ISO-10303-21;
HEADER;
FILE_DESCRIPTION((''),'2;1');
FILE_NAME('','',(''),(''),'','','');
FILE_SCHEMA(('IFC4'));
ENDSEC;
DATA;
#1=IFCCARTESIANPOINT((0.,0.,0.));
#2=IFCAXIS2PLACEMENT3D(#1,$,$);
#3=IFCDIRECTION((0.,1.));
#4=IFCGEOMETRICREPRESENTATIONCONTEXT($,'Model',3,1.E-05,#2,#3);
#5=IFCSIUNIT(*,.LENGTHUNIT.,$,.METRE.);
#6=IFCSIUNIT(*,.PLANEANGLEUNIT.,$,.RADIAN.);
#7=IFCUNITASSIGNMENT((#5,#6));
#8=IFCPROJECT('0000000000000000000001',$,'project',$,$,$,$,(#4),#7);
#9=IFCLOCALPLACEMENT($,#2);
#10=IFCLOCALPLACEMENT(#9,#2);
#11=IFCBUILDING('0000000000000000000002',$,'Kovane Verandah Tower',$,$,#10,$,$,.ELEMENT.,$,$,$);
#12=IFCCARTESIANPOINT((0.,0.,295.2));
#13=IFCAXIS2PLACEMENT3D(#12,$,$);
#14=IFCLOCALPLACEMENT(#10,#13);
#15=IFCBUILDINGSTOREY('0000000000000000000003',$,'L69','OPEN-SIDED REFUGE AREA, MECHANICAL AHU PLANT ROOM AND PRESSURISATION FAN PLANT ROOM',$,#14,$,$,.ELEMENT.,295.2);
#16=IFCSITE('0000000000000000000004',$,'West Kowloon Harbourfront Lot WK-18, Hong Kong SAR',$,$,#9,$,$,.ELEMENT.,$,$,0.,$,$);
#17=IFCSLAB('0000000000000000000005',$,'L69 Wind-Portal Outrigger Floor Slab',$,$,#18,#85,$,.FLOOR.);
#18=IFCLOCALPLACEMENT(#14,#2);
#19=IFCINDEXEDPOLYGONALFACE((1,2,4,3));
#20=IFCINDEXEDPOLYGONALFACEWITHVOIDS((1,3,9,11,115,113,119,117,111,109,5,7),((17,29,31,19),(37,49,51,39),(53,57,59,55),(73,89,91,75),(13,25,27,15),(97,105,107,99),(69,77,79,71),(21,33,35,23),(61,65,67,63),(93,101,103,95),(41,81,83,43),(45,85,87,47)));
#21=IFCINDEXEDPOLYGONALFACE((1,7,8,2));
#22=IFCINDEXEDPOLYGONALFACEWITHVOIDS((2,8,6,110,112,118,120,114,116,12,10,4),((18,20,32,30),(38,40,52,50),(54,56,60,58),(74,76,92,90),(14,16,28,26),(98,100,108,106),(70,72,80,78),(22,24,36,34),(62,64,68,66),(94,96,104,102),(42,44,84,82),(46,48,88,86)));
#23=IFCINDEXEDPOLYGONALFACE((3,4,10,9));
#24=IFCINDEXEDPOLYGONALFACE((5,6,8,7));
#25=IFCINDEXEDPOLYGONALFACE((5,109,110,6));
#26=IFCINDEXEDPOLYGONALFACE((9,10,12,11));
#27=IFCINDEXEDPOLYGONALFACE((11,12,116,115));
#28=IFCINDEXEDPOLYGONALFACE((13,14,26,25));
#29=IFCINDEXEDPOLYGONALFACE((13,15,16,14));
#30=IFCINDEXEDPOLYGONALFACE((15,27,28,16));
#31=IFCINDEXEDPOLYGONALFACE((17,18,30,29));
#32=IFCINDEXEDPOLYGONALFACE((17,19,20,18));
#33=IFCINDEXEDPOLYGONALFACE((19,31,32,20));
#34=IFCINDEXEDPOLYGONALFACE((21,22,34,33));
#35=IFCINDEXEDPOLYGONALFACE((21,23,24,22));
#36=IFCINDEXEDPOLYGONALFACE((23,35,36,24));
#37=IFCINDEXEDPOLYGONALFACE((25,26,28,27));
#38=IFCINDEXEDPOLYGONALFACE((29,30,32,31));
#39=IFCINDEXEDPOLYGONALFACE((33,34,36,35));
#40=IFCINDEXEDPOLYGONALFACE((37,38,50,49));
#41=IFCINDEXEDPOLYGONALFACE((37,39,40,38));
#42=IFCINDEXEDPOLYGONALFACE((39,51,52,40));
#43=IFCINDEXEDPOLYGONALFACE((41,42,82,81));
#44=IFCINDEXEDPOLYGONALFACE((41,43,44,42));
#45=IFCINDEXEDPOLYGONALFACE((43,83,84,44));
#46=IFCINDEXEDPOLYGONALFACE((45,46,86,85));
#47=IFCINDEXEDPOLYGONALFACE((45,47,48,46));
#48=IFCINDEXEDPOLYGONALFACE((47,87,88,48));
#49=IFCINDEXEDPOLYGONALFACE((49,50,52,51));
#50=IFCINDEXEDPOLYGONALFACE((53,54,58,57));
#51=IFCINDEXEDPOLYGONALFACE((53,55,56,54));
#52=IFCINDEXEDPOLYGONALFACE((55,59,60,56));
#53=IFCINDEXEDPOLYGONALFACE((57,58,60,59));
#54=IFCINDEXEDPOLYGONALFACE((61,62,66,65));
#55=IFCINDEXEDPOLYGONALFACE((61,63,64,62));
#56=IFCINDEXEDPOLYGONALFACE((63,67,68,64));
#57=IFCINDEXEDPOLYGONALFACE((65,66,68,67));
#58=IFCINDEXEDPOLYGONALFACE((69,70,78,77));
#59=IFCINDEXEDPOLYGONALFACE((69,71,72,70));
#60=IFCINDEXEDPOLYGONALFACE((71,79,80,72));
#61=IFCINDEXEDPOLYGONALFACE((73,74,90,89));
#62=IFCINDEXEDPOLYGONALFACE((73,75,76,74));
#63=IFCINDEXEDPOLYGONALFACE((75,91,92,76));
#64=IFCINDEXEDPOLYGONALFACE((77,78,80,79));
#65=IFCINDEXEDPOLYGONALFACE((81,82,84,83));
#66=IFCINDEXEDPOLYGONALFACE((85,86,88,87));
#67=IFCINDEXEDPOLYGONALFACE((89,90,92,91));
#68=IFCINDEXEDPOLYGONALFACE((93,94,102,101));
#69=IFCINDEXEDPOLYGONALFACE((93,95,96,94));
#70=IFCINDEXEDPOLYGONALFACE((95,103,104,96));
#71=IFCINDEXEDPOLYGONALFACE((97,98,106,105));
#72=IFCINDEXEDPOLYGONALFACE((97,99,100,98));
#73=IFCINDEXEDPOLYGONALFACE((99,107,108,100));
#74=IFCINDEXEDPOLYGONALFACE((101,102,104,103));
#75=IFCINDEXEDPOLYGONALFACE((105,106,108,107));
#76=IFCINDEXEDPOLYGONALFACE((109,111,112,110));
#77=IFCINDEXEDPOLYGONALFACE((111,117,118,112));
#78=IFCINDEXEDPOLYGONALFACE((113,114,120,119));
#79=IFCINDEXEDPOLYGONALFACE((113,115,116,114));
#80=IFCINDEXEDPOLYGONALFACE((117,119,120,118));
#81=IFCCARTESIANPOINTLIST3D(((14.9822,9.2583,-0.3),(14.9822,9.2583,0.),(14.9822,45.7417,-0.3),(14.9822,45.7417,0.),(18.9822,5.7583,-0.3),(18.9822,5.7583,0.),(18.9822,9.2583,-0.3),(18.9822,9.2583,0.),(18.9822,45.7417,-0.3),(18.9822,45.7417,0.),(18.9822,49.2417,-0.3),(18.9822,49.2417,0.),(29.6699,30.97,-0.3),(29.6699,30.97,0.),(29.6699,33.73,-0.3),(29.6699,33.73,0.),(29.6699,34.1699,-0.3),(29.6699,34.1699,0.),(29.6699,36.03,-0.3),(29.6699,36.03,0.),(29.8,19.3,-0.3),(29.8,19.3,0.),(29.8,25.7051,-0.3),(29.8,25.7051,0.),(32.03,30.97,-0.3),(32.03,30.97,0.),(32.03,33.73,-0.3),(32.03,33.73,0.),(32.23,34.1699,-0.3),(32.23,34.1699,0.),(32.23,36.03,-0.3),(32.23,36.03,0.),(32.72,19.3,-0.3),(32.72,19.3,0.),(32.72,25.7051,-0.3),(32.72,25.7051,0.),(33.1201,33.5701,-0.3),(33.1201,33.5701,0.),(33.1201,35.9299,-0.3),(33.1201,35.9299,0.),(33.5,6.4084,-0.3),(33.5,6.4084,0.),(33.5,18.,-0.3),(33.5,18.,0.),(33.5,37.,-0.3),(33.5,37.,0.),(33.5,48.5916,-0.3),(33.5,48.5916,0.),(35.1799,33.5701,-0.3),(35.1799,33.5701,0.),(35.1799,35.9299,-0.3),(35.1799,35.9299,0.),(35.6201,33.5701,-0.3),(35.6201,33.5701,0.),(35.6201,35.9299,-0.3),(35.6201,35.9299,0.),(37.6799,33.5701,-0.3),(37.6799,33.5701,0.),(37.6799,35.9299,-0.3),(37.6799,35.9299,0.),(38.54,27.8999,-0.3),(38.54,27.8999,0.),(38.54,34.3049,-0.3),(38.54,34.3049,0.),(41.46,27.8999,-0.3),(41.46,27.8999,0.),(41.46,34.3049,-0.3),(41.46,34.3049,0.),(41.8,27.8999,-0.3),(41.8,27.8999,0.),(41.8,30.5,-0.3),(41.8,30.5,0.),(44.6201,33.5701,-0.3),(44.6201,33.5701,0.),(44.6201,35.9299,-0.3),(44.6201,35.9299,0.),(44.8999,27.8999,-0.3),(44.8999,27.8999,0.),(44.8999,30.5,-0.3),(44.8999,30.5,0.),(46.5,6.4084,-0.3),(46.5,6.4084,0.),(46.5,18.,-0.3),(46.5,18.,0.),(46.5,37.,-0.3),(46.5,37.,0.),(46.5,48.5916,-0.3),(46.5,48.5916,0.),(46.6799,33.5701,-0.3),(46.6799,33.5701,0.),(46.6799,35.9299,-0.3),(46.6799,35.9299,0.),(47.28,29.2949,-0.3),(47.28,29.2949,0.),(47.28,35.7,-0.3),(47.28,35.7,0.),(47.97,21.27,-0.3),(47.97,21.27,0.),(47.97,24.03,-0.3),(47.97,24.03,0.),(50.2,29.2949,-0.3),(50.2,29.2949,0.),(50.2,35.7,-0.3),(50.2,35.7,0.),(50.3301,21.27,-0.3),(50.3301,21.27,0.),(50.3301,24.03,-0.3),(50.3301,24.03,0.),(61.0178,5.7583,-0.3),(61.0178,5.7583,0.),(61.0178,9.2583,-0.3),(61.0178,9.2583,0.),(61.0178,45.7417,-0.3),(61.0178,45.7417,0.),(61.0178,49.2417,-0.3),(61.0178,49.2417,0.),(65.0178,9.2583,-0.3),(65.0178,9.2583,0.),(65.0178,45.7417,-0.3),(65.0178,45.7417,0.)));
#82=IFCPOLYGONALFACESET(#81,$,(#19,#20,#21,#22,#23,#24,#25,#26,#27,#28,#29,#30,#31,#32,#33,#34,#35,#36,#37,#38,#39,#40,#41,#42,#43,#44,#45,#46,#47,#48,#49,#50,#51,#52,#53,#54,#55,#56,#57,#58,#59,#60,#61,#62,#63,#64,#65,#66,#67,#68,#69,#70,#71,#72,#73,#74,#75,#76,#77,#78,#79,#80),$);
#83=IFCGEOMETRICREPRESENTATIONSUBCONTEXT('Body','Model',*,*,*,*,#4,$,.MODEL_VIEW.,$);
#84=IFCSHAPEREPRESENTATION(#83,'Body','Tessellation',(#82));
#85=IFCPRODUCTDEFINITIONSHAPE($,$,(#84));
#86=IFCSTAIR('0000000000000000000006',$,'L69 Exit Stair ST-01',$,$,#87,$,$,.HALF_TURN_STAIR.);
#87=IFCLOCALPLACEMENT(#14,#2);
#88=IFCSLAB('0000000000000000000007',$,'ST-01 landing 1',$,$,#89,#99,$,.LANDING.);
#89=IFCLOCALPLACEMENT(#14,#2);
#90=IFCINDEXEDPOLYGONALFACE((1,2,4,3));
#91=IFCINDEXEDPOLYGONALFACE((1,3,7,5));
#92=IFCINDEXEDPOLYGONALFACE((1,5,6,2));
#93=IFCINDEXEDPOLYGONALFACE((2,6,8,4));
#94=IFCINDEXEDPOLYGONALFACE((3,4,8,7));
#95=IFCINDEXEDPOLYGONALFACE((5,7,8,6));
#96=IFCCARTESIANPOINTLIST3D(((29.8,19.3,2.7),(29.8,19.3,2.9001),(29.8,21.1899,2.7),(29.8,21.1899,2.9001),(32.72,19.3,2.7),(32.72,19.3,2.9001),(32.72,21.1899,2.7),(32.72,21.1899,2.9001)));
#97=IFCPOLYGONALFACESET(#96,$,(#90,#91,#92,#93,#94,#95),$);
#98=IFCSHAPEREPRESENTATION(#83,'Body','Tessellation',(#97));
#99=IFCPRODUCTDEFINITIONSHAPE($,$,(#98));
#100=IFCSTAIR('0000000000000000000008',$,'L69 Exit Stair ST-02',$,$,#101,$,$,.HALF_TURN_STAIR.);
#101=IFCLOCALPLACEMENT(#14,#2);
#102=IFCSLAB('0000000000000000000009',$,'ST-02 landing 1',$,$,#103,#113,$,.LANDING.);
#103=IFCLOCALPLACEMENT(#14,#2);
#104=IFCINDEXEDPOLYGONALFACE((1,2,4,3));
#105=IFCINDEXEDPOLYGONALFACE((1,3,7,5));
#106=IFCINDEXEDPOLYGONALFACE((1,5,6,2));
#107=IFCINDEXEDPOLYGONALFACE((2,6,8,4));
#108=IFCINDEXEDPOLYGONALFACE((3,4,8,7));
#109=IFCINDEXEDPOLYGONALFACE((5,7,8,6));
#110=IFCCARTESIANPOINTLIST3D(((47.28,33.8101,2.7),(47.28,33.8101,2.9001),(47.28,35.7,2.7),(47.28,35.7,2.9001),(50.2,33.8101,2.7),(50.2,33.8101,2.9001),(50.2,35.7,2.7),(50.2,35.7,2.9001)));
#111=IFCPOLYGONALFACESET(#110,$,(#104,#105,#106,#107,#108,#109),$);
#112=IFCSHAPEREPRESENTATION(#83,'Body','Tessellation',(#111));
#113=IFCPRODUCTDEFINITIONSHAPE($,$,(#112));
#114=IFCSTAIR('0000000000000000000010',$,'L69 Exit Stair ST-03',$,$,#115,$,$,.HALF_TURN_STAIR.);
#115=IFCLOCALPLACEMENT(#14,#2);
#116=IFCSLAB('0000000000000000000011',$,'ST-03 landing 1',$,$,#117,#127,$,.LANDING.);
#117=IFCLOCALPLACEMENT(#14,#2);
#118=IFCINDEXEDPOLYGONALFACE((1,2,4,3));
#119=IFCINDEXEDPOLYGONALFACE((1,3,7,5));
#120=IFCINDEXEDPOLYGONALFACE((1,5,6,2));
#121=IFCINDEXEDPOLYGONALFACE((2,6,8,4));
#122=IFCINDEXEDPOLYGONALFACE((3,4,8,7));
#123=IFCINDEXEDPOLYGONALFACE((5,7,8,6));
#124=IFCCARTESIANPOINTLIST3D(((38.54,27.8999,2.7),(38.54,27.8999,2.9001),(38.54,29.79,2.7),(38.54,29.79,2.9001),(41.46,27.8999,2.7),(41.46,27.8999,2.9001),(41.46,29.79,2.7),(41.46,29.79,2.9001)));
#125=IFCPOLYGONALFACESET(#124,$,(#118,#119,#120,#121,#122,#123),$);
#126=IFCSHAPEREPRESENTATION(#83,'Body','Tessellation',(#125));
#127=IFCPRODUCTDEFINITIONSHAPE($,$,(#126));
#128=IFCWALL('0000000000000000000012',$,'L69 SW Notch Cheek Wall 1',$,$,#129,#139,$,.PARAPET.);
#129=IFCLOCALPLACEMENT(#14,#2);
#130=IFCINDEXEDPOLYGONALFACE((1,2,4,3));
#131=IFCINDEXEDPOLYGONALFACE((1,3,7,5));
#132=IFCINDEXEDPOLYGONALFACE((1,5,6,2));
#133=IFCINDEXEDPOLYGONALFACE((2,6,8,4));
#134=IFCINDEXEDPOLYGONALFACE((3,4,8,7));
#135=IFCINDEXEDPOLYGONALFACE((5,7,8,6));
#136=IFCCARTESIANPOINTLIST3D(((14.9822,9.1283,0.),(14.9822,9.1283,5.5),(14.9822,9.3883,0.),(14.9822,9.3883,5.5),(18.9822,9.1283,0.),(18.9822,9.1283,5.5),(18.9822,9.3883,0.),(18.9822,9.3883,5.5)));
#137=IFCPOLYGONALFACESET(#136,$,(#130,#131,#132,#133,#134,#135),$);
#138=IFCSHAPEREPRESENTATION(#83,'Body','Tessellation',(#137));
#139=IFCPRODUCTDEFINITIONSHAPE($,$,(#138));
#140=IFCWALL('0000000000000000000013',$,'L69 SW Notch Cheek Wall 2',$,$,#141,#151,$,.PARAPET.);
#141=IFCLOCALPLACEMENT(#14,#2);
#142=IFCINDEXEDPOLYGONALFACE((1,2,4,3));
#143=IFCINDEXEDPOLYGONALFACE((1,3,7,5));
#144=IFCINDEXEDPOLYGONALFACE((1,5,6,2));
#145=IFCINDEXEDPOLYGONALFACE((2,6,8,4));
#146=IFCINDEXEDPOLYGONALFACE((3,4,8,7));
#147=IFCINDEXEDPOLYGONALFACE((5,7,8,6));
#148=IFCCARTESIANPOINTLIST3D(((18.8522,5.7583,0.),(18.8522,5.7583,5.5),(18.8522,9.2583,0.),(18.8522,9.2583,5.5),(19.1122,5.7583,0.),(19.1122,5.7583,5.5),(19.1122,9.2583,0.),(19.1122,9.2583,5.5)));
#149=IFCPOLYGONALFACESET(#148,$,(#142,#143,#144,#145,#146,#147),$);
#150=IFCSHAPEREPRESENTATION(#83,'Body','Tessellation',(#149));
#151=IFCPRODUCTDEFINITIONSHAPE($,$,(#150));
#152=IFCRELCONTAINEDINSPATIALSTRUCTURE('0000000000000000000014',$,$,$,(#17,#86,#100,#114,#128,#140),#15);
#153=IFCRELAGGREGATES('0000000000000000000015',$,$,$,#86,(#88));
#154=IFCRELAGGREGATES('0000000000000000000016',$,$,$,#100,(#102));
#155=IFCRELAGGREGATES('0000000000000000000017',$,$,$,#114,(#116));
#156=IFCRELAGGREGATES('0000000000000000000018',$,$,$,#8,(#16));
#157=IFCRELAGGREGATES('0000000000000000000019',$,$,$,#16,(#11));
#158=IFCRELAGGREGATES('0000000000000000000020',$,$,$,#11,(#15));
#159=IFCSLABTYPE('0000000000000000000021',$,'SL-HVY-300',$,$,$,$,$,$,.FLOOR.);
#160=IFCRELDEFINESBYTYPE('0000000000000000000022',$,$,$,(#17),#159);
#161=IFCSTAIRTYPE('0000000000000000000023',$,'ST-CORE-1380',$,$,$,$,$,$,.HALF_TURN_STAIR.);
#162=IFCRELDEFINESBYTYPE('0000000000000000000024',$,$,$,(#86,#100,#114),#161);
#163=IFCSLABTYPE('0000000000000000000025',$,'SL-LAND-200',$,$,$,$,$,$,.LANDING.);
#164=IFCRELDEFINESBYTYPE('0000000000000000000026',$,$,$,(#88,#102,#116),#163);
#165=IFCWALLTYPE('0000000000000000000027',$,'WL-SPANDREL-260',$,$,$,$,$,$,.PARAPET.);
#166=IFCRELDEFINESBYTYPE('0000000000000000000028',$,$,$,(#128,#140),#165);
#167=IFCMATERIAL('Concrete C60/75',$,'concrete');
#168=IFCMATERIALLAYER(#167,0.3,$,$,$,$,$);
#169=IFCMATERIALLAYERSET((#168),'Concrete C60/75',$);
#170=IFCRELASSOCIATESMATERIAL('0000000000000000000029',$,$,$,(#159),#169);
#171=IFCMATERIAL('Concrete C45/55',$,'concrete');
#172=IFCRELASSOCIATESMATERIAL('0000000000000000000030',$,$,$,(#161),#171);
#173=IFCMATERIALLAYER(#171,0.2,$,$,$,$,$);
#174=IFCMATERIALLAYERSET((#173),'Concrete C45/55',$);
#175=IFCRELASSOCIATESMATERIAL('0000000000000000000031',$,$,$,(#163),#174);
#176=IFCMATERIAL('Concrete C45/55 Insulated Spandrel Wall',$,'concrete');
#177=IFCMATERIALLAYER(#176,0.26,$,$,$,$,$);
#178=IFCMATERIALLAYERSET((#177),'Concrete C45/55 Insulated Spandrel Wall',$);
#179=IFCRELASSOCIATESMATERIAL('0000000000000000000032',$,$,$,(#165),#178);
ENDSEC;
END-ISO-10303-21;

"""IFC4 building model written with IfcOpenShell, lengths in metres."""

from ifc_helpers import new_model, si_unit, direction, frame, frame_2d, origin, place, context, subcontext, project, spatial, polyline, rectangle, outline, extrude, material, layer, layer_set, type_object, element, aggregate, save


model = new_model("IFC4")

# Units and contexts
model_context = context("Model", 3, precision=1e-05, world=origin(), true_north=direction((0.0, 1.0)))
body_context = subcontext(model_context, "Body", "Model", "MODEL_VIEW")
ifc_project = project(units=[si_unit("LENGTHUNIT", "METRE"), si_unit("PLANEANGLEUNIT", "RADIAN")], contexts=[model_context])

# Site, building, storey
site_placement = place(None, origin())
site = spatial("IfcSite", under=ifc_project, at=site_placement, Name="West Kowloon Harbourfront Lot WK-18, Hong Kong SAR", CompositionType="ELEMENT", RefElevation=0.0)
building_placement = place(site_placement, origin())
building = spatial("IfcBuilding", under=site, at=building_placement, Name="Kovane Verandah Tower", CompositionType="ELEMENT")
storey_placement = place(building_placement, frame((0.0, 0.0, 295.2)))
storey = spatial("IfcBuildingStorey", under=building, at=storey_placement, Name="L69", Description="OPEN-SIDED REFUGE AREA, MECHANICAL AHU PLANT ROOM AND PRESSURISATION FAN PLANT ROOM", CompositionType="ELEMENT", Elevation=295.2)

# Slab
ifc_material_1 = material(Name="Concrete C60/75", Category="concrete")
ifc_layer_1 = layer(ifc_material_1, 0.3)
ifc_layer_set_1 = layer_set([ifc_layer_1], Name="Concrete C60/75")
slab_type_1 = type_object("IfcSlabType", Name="SL-HVY-300", PredefinedType="FLOOR", material=ifc_layer_set_1)
slab_1_placement = place(storey_placement, frame((0.0, 0.0, -0.3)))
element("IfcSlab", 1, at=slab_1_placement, inside=storey, type_object=slab_type_1, Name="L69 Wind-Portal Outrigger Floor Slab", PredefinedType="FLOOR", context=body_context, shape_type="SweptSolid", body=[
    extrude(outline(polyline([(18.9822, 5.7583), (61.0178, 5.7583), (61.0178, 9.2583), (65.0178, 9.2583), (65.0178, 45.7417), (61.0178, 45.7417), (61.0178, 49.2417), (18.9822, 49.2417), (18.9822, 45.7417), (14.9822, 45.7417), (14.9822, 9.2583), (18.9822, 9.2583), (18.9822, 5.7583)]), holes=[polyline([(29.8, 19.3), (32.72, 19.3), (32.72, 25.7051), (29.8, 25.7051), (29.8, 19.3)]), polyline([(47.28, 29.2949), (50.2, 29.2949), (50.2, 35.7), (47.28, 35.7), (47.28, 29.2949)]), polyline([(38.54, 27.8999), (41.46, 27.8999), (41.46, 34.3049), (38.54, 34.3049), (38.54, 27.8999)]), polyline([(29.6699, 30.97), (32.03, 30.97), (32.03, 33.73), (29.6699, 33.73), (29.6699, 30.97)]), polyline([(47.97, 21.27), (50.3301, 21.27), (50.3301, 24.03), (47.97, 24.03), (47.97, 21.27)]), polyline([(29.6699, 34.1699), (32.23, 34.1699), (32.23, 36.03), (29.6699, 36.03), (29.6699, 34.1699)]), polyline([(33.1201, 33.5701), (35.1799, 33.5701), (35.1799, 35.9299), (33.1201, 35.9299), (33.1201, 33.5701)]), polyline([(35.6201, 33.5701), (37.6799, 33.5701), (37.6799, 35.9299), (35.6201, 35.9299), (35.6201, 33.5701)]), polyline([(44.6201, 33.5701), (46.6799, 33.5701), (46.6799, 35.9299), (44.6201, 35.9299), (44.6201, 33.5701)]), polyline([(41.8, 27.8999), (44.8999, 27.8999), (44.8999, 30.5), (41.8, 30.5), (41.8, 27.8999)]), polyline([(33.5, 37.0), (46.5, 37.0), (46.5, 48.5916), (33.5, 48.5916), (33.5, 37.0)]), polyline([(33.5, 6.4084), (46.5, 6.4084), (46.5, 18.0), (33.5, 18.0), (33.5, 6.4084)])]), origin(), (0.0, 0.0, 1.0), 0.3),
])

# Stairs, slabs
ifc_material_2 = material(Name="Concrete C45/55", Category="concrete")
stair_type = type_object("IfcStairType", Name="ST-CORE-1380", PredefinedType="HALF_TURN_STAIR", material=ifc_material_2)
stair_1_placement = place(storey_placement, origin())
stair_1 = element("IfcStair", 2, at=stair_1_placement, inside=storey, type_object=stair_type, Name="L69 Exit Stair ST-01", PredefinedType="HALF_TURN_STAIR")
ifc_layer_2 = layer(ifc_material_2, 0.2)
ifc_layer_set_2 = layer_set([ifc_layer_2], Name="Concrete C45/55")
slab_type_2 = type_object("IfcSlabType", Name="SL-LAND-200", PredefinedType="LANDING", material=ifc_layer_set_2)
slab_2_placement = place(storey_placement, frame((0.0, 0.0, 2.7)))
slab_2 = element("IfcSlab", 3, at=slab_2_placement, type_object=slab_type_2, Name="ST-01 landing 1", PredefinedType="LANDING", context=body_context, shape_type="SweptSolid", body=[
    extrude(outline(polyline([(29.8, 21.1899), (29.8, 19.3), (32.72, 19.3), (32.72, 21.1899), (29.8, 21.1899)])), origin(), (0.0, 0.0, 1.0), 0.2002),
])
aggregate(stair_1, [slab_2])
stair_2_placement = place(storey_placement, origin())
stair_2 = element("IfcStair", 4, at=stair_2_placement, inside=storey, type_object=stair_type, Name="L69 Exit Stair ST-02", PredefinedType="HALF_TURN_STAIR")
slab_3_placement = place(storey_placement, frame((0.0, 0.0, 2.7)))
slab_3 = element("IfcSlab", 5, at=slab_3_placement, type_object=slab_type_2, Name="ST-02 landing 1", PredefinedType="LANDING", context=body_context, shape_type="SweptSolid", body=[
    extrude(outline(polyline([(50.2, 33.8101), (50.2, 35.7), (47.28, 35.7), (47.28, 33.8101), (50.2, 33.8101)])), origin(), (0.0, 0.0, 1.0), 0.2002),
])
aggregate(stair_2, [slab_3])
stair_3_placement = place(storey_placement, origin())
stair_3 = element("IfcStair", 6, at=stair_3_placement, inside=storey, type_object=stair_type, Name="L69 Exit Stair ST-03", PredefinedType="HALF_TURN_STAIR")
slab_4_placement = place(storey_placement, frame((0.0, 0.0, 2.7)))
slab_4 = element("IfcSlab", 7, at=slab_4_placement, type_object=slab_type_2, Name="ST-03 landing 1", PredefinedType="LANDING", context=body_context, shape_type="SweptSolid", body=[
    extrude(outline(polyline([(38.54, 29.79), (38.54, 27.8999), (41.46, 27.8999), (41.46, 29.79), (38.54, 29.79)])), origin(), (0.0, 0.0, 1.0), 0.2002),
])
aggregate(stair_3, [slab_4])

# Walls
ifc_material_3 = material(Name="Concrete C45/55 Insulated Spandrel Wall", Category="concrete")
ifc_layer_3 = layer(ifc_material_3, 0.26)
ifc_layer_set_3 = layer_set([ifc_layer_3], Name="Concrete C45/55 Insulated Spandrel Wall")
wall_type = type_object("IfcWallType", Name="WL-SPANDREL-260", PredefinedType="PARAPET", material=ifc_layer_set_3)
wall_1_placement = place(storey_placement, frame((14.9822, 9.2583, 0.0), z_axis=(0.0, 0.0, 1.0), x_axis=(1.0, 0.0, 0.0)))
element("IfcWall", 8, at=wall_1_placement, inside=storey, type_object=wall_type, Name="L69 SW Notch Cheek Wall 1", PredefinedType="PARAPET", context=body_context, shape_type="SweptSolid", body=[
    extrude(rectangle(XDim=4.0, YDim=0.26, at=frame_2d((2.0, 0.0))), origin(), (0.0, 0.0, 1.0), 5.5),
])
wall_2_placement = place(storey_placement, frame((18.9822, 9.2583, 0.0), z_axis=(0.0, 0.0, 1.0), x_axis=(0.0, -1.0, 0.0)))
element("IfcWall", 9, at=wall_2_placement, inside=storey, type_object=wall_type, Name="L69 SW Notch Cheek Wall 2", PredefinedType="PARAPET", context=body_context, shape_type="SweptSolid", body=[
    extrude(rectangle(XDim=3.5, YDim=0.26, at=frame_2d((1.75, 0.0))), origin(), (0.0, 0.0, 1.0), 5.5),
])

save(model, "model.ifc")
